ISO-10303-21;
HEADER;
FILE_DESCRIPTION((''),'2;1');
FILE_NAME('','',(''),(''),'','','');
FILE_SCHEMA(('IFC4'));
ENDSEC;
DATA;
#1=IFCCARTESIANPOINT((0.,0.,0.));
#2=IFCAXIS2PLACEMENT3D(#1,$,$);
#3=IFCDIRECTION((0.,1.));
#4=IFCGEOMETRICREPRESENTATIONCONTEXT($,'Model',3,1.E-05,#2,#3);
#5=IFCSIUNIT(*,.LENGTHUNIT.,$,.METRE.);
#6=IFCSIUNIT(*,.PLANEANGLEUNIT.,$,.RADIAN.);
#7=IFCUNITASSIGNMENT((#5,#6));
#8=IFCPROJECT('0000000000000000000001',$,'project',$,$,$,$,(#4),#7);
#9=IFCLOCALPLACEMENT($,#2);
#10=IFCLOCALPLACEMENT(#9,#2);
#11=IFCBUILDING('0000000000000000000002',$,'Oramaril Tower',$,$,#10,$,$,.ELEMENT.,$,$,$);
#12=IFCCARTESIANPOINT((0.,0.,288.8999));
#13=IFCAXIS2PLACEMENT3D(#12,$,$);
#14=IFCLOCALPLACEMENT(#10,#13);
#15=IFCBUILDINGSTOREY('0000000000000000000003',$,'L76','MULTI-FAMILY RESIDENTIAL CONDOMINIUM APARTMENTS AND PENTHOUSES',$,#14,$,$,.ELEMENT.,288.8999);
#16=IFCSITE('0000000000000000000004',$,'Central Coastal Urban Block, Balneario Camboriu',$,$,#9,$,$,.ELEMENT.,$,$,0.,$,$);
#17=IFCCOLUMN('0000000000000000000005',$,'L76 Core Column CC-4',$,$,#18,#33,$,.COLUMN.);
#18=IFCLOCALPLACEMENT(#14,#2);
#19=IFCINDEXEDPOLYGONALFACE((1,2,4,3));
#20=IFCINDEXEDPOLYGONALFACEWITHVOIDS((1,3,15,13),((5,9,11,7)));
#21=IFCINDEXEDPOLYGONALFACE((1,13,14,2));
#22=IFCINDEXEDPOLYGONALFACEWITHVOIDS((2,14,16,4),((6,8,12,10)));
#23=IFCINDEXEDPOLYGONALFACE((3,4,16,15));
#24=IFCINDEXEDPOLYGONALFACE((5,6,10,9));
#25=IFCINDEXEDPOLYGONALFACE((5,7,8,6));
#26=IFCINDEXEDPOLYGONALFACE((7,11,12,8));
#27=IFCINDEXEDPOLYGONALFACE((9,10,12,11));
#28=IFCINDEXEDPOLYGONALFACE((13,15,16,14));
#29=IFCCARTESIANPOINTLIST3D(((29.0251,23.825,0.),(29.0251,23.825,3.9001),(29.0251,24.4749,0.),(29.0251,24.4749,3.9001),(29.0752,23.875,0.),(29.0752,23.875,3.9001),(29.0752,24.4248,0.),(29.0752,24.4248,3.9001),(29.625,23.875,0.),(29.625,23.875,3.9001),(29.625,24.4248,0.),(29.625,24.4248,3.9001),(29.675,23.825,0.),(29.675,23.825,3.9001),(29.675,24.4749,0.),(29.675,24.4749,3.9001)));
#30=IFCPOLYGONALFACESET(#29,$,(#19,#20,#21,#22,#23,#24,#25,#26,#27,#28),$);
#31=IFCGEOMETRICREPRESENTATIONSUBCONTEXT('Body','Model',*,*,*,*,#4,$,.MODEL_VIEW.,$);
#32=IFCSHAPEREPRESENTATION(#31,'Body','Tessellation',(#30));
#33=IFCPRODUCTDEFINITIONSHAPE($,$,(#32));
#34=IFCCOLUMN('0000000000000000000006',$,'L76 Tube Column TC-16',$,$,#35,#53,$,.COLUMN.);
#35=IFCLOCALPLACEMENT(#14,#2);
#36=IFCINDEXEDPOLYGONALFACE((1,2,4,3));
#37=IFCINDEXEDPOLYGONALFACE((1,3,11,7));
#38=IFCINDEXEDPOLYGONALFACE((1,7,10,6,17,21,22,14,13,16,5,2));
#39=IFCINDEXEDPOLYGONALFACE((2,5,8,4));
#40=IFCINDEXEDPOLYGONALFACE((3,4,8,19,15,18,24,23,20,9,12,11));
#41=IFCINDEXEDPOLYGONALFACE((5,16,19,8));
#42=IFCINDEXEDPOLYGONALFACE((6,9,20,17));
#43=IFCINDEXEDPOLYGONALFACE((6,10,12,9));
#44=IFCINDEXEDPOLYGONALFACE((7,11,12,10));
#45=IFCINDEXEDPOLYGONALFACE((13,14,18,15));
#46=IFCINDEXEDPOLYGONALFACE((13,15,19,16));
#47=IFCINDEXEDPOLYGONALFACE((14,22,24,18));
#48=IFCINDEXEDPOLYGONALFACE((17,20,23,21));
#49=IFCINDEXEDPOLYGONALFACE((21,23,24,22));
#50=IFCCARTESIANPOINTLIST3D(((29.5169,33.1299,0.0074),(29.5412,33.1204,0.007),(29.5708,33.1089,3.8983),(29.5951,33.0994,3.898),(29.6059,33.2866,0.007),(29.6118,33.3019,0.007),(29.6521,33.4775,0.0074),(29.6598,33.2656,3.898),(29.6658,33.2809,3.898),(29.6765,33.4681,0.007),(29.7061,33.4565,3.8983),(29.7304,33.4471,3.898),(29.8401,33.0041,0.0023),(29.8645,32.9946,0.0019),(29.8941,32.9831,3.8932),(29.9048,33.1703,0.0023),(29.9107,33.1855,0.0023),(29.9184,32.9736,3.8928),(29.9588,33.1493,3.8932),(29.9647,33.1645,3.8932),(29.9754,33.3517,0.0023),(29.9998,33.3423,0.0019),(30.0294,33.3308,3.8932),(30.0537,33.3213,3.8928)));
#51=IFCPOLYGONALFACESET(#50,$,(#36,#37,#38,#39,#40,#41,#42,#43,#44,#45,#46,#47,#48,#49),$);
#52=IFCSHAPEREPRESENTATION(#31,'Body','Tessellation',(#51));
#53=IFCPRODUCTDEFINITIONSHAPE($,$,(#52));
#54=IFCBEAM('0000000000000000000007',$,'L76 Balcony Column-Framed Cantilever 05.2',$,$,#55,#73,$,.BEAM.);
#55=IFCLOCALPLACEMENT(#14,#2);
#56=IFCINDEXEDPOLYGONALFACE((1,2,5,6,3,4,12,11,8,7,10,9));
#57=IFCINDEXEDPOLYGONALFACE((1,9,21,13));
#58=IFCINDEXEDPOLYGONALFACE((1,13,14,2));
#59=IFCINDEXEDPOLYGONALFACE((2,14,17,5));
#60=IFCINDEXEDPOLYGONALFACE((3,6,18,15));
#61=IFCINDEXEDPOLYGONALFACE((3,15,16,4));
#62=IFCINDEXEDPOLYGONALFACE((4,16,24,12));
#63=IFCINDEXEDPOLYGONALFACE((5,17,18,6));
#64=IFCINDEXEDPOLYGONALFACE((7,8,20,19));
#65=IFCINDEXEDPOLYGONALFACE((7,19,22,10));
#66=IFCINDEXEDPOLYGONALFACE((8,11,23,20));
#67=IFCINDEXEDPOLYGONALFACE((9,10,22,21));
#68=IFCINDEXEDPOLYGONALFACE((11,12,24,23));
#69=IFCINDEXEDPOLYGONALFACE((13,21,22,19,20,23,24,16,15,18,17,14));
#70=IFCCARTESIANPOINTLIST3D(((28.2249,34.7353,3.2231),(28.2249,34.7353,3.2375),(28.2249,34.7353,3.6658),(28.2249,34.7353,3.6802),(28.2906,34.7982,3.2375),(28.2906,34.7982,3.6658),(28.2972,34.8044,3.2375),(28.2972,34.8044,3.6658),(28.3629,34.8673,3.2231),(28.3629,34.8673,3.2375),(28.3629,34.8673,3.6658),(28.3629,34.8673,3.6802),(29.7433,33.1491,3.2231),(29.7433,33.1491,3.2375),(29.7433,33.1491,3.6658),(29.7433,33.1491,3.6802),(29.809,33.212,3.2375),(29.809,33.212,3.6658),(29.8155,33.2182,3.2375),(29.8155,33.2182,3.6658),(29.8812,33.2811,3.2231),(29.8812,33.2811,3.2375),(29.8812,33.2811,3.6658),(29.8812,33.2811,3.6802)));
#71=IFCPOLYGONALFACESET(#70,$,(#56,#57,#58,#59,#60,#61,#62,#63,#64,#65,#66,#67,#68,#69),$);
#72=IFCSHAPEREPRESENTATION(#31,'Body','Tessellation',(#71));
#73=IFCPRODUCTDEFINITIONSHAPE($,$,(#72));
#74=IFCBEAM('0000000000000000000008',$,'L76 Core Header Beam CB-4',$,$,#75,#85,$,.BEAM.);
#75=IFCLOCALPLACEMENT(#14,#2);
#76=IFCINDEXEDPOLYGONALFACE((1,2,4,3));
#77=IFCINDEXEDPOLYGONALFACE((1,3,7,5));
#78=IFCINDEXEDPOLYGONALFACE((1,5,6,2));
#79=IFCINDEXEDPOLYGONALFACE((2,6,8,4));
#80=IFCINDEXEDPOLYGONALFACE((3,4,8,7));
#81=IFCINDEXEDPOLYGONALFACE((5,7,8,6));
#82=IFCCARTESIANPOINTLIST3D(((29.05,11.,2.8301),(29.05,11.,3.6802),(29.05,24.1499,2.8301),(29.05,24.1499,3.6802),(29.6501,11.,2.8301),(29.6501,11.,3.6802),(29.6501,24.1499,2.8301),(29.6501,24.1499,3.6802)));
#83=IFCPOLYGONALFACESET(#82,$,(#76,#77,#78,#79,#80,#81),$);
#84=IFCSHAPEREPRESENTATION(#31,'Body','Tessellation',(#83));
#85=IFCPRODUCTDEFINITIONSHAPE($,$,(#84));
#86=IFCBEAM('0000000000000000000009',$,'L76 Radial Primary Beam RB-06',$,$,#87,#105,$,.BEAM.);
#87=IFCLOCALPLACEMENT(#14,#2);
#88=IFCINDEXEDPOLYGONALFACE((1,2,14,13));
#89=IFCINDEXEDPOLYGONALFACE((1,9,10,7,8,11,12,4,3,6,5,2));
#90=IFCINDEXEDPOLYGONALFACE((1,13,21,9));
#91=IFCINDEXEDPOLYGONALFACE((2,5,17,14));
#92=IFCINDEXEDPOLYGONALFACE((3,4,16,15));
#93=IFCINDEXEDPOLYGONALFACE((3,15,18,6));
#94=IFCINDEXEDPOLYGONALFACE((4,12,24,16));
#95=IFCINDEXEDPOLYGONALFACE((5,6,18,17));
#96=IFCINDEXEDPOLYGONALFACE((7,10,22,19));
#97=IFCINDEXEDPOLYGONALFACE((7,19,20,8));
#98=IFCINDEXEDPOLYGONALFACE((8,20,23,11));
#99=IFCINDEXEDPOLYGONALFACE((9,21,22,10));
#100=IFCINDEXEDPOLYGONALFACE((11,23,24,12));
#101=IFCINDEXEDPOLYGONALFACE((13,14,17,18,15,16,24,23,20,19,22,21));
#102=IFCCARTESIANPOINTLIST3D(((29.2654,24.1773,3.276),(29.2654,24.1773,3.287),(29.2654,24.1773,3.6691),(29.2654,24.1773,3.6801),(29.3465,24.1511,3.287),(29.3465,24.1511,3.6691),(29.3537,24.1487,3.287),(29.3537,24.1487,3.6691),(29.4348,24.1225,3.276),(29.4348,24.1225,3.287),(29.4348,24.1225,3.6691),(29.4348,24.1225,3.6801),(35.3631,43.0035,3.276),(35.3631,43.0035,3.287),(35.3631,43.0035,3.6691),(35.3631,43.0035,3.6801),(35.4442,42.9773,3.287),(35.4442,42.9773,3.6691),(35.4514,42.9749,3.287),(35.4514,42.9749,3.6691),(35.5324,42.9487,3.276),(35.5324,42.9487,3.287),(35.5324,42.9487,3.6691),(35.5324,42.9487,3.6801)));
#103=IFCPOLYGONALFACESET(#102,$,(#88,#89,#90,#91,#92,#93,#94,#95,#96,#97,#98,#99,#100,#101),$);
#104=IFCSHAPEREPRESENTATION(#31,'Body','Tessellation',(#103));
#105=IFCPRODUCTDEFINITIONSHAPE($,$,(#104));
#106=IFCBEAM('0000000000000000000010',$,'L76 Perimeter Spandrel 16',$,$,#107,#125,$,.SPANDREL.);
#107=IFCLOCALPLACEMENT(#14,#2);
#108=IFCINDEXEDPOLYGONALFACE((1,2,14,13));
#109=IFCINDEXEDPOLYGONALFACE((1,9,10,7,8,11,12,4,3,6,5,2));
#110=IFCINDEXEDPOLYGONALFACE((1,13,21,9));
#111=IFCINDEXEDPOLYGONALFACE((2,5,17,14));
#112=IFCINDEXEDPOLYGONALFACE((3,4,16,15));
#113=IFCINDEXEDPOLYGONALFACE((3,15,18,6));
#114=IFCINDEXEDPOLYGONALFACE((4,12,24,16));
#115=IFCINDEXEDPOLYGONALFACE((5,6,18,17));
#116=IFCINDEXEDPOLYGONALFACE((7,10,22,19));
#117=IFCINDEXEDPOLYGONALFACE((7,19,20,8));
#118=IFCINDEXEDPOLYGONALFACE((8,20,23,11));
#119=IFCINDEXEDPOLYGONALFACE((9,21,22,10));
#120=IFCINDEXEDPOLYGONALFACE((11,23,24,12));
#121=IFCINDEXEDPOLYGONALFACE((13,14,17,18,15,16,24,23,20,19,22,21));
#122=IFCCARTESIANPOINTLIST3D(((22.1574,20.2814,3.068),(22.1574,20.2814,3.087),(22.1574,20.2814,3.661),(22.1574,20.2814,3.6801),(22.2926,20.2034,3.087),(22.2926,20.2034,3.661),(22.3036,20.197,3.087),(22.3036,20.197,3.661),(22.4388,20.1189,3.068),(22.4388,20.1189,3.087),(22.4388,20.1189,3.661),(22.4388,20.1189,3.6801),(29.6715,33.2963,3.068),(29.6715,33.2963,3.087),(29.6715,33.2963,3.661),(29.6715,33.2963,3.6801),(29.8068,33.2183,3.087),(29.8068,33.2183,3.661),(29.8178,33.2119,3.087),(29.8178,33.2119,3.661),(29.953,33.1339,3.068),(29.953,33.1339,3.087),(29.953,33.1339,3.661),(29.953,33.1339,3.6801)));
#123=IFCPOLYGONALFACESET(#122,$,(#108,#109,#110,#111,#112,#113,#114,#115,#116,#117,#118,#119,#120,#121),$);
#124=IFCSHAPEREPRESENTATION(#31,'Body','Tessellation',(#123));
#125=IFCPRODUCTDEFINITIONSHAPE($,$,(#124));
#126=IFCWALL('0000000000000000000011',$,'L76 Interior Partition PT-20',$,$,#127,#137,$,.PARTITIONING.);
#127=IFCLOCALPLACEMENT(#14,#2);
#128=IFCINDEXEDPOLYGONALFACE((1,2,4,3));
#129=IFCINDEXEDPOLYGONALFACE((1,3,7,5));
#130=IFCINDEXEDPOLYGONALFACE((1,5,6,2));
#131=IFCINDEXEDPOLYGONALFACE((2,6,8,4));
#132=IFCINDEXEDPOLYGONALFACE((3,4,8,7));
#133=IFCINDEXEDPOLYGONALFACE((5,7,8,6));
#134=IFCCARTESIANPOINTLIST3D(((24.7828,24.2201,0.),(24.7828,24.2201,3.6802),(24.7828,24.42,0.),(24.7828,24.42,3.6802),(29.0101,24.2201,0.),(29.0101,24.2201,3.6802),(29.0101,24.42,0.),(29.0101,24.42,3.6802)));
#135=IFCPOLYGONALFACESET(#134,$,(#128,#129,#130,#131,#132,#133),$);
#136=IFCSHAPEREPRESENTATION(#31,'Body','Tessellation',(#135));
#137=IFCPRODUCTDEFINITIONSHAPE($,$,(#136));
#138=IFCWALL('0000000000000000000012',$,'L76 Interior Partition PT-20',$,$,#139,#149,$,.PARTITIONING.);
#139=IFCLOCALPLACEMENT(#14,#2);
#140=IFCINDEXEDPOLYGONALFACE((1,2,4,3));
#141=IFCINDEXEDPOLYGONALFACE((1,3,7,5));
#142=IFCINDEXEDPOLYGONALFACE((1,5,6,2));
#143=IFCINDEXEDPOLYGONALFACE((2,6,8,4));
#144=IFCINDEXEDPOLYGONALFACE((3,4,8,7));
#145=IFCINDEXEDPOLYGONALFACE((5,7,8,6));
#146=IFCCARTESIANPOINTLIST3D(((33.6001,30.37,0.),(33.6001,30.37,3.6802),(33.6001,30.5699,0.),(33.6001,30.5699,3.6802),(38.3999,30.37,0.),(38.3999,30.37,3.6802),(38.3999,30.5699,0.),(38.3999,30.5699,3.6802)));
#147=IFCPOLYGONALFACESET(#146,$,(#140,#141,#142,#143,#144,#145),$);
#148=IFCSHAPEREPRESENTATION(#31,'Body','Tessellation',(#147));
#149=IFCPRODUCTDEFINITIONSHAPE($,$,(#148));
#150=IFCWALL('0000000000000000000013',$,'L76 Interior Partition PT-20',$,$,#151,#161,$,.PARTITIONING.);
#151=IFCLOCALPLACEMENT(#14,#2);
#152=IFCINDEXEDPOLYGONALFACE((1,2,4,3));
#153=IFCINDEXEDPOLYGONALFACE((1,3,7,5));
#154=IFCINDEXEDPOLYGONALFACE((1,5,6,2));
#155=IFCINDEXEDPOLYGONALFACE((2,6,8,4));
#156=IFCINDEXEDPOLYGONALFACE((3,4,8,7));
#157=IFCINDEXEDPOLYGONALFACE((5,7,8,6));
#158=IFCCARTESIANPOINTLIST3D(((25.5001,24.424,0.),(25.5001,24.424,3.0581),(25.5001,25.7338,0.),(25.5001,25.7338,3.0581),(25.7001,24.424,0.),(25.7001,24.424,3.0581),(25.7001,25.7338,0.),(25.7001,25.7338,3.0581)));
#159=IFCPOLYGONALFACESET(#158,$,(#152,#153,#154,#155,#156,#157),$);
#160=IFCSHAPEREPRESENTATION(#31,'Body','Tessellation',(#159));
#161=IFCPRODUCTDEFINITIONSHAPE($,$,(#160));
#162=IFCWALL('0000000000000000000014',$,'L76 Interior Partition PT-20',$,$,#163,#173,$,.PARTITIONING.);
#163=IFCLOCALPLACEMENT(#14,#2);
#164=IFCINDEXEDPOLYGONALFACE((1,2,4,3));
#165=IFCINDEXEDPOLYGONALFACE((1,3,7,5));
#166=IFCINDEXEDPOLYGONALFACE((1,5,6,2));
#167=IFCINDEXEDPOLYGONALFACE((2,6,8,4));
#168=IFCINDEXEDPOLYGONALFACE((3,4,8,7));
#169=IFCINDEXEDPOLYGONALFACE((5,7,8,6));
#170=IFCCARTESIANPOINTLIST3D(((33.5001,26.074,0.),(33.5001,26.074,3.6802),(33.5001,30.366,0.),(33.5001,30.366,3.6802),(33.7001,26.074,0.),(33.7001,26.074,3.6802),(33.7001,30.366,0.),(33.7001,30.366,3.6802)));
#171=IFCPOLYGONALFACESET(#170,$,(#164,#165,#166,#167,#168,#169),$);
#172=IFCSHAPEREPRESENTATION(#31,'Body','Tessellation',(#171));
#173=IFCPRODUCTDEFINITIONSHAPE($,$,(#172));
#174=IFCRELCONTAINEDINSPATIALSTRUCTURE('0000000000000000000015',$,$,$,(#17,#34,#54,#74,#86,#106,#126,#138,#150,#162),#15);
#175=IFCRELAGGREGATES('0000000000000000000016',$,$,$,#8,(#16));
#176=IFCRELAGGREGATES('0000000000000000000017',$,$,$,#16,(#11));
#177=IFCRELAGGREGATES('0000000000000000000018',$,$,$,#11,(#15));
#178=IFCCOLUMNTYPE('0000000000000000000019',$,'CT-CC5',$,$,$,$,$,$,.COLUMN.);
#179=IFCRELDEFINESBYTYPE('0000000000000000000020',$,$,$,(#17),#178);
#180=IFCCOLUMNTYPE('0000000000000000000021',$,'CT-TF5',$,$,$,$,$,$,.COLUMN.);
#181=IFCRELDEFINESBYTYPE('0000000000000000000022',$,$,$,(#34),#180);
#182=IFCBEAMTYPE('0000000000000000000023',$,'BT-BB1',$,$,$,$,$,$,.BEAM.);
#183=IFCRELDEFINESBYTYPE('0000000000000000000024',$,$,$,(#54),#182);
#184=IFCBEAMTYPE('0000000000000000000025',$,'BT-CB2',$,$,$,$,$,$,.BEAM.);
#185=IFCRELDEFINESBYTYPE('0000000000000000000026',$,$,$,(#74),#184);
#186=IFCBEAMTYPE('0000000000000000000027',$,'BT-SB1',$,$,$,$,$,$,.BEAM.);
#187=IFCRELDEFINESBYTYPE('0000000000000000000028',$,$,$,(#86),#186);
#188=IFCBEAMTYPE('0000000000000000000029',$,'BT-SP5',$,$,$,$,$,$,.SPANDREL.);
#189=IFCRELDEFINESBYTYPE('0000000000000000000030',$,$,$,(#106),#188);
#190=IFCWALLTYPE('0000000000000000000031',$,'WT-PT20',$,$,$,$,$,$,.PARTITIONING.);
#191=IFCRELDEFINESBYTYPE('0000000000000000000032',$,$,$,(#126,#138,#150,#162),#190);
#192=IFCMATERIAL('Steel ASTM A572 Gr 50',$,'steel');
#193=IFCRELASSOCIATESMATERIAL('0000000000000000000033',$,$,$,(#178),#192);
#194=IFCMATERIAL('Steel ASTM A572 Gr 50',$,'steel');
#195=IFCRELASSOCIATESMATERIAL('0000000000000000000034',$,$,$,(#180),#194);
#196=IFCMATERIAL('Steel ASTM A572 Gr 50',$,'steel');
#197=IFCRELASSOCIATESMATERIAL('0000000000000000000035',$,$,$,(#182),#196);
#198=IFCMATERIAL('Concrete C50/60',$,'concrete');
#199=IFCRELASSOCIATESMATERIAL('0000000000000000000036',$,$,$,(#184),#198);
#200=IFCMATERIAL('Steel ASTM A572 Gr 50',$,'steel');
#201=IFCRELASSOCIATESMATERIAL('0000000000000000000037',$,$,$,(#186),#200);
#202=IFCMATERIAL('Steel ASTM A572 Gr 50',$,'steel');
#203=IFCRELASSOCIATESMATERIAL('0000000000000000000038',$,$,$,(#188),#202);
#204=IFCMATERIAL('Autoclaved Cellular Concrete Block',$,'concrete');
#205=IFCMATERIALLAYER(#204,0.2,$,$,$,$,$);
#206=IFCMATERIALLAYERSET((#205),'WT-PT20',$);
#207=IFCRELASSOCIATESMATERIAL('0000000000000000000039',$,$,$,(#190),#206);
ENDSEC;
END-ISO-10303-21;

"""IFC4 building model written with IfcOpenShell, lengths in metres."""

from ifc_helpers import new_model, si_unit, direction, frame, frame_2d, origin, origin_2d, place, context, subcontext, project, spatial, rectangle, hollow_rectangle, i_section, extrude, material, layer, layer_set, material_profile, profile_set, type_object, element, save


model = new_model("IFC4")

# Units and contexts
model_context = context("Model", 3, precision=1e-05, world=origin(), true_north=direction((0.0, 1.0)))
body_context = subcontext(model_context, "Body", "Model", "MODEL_VIEW")
ifc_project = project(units=[si_unit("LENGTHUNIT", "METRE"), si_unit("PLANEANGLEUNIT", "RADIAN")], contexts=[model_context])

# Site, building, storey
site_placement = place(None, origin())
site = spatial("IfcSite", under=ifc_project, at=site_placement, Name="Central Coastal Urban Block, Balneario Camboriu", CompositionType="ELEMENT", RefElevation=0.0)
building_placement = place(site_placement, origin())
building = spatial("IfcBuilding", under=site, at=building_placement, Name="Oramaril Tower", CompositionType="ELEMENT")
storey_placement = place(building_placement, frame((0.0, 0.0, 288.8999)))
storey = spatial("IfcBuildingStorey", under=building, at=storey_placement, Name="L76", Description="MULTI-FAMILY RESIDENTIAL CONDOMINIUM APARTMENTS AND PENTHOUSES", CompositionType="ELEMENT", Elevation=288.8999)

# Columns
ifc_material_1 = material(Name="Steel ASTM A572 Gr 50", Category="steel")
ifc_material_profile_1 = material_profile(ifc_material_1, hollow_rectangle(XDim=0.6499, YDim=0.6499, WallThickness=0.05, at=origin_2d()), Name="BOX650X650X50")
ifc_profile_set_1 = profile_set([ifc_material_profile_1], Name="Steel ASTM A572 Gr 50")
column_type_1 = type_object("IfcColumnType", Name="CT-CC5", PredefinedType="COLUMN", material=ifc_profile_set_1)
column_1_placement = place(storey_placement, frame((29.3501, 24.1499, 0.0), z_axis=(0.0, 0.0, 1.0), x_axis=(1.0, 0.0, 0.0)))
element("IfcColumn", 1, at=column_1_placement, inside=storey, type_object=column_type_1, Name="L76 Core Column CC-4", PredefinedType="COLUMN", context=body_context, shape_type="SweptSolid", body=[
    extrude(hollow_rectangle(XDim=0.6499, YDim=0.6499, WallThickness=0.05, at=origin_2d()), origin(), (0.0, 0.0, 1.0), 3.9001),
])
ifc_material_2 = material(Name="Steel ASTM A572 Gr 50", Category="steel")
ifc_material_profile_2 = material_profile(ifc_material_2, i_section(OverallWidth=0.373, OverallDepth=0.373, WebThickness=0.0164, FlangeThickness=0.0261, at=origin_2d()), Name="W14X132")
ifc_profile_set_2 = profile_set([ifc_material_profile_2], Name="Steel ASTM A572 Gr 50")
column_type_2 = type_object("IfcColumnType", Name="CT-TF5", PredefinedType="COLUMN", material=ifc_profile_set_2)
column_2_placement = place(storey_placement, frame((29.7583, 33.2361, 0.0046), z_axis=(0.013866, -0.005396, 0.999889), x_axis=(0.36265, 0.931926, 0.0)))
element("IfcColumn", 2, at=column_2_placement, inside=storey, type_object=column_type_2, Name="L76 Tube Column TC-16", PredefinedType="COLUMN", context=body_context, shape_type="SweptSolid", body=[
    extrude(i_section(OverallWidth=0.373, OverallDepth=0.373, WebThickness=0.0164, FlangeThickness=0.0261, at=origin_2d()), origin(), (0.0, 0.0, 1.0), 3.8914),
])

# Beams
ifc_material_3 = material(Name="Steel ASTM A572 Gr 50", Category="steel")
ifc_material_profile_3 = material_profile(ifc_material_3, i_section(OverallWidth=0.1909, OverallDepth=0.457, WebThickness=0.009, FlangeThickness=0.0144, at=origin_2d()), Name="W18X50")
ifc_profile_set_3 = profile_set([ifc_material_profile_3], Name="Steel ASTM A572 Gr 50")
beam_type_1 = type_object("IfcBeamType", Name="BT-BB1", PredefinedType="BEAM", material=ifc_profile_set_3)
beam_1_placement = place(storey_placement, frame((29.8123, 33.2151, 3.4517), z_axis=(-0.691483, 0.722393, 0.0), x_axis=(-0.722393, -0.691483, 0.0)))
element("IfcBeam", 3, at=beam_1_placement, inside=storey, type_object=beam_type_1, Name="L76 Balcony Column-Framed Cantilever 05.2", PredefinedType="BEAM", context=body_context, shape_type="SweptSolid", body=[
    extrude(i_section(OverallWidth=0.1909, OverallDepth=0.457, WebThickness=0.009, FlangeThickness=0.0144, at=origin_2d()), origin(), (0.0, 0.0, 1.0), 2.1958),
])
ifc_material_4 = material(Name="Concrete C50/60", Category="concrete")
ifc_material_profile_4 = material_profile(ifc_material_4, rectangle(XDim=0.6001, YDim=0.8501, at=origin_2d()), Name="CB600X850")
ifc_profile_set_4 = profile_set([ifc_material_profile_4], Name="Concrete C50/60")
beam_type_2 = type_object("IfcBeamType", Name="BT-CB2", PredefinedType="BEAM", material=ifc_profile_set_4)
beam_2_placement = place(storey_placement, frame((29.3501, 24.1499, 3.2551), z_axis=(0.0, -1.0, 0.0), x_axis=(1.0, 0.0, 0.0)))
element("IfcBeam", 4, at=beam_2_placement, inside=storey, type_object=beam_type_2, Name="L76 Core Header Beam CB-4", PredefinedType="BEAM", context=body_context, shape_type="SweptSolid", body=[
    extrude(rectangle(XDim=0.6001, YDim=0.8501, at=origin_2d()), origin(), (0.0, 0.0, 1.0), 13.1499),
])
ifc_material_5 = material(Name="Steel ASTM A572 Gr 50", Category="steel")
ifc_material_profile_5 = material_profile(ifc_material_5, i_section(OverallWidth=0.178, OverallDepth=0.4041, WebThickness=0.0076, FlangeThickness=0.011, at=origin_2d()), Name="W16X36")
ifc_profile_set_5 = profile_set([ifc_material_profile_5], Name="Steel ASTM A572 Gr 50")
beam_type_3 = type_object("IfcBeamType", Name="BT-SB1", PredefinedType="BEAM", material=ifc_profile_set_5)
beam_3_placement = place(storey_placement, frame((29.3501, 24.1499, 3.478), z_axis=(0.308133, 0.951343, 0.0), x_axis=(-0.951343, 0.308133, 0.0)))
element("IfcBeam", 5, at=beam_3_placement, inside=storey, type_object=beam_type_3, Name="L76 Radial Primary Beam RB-06", PredefinedType="BEAM", context=body_context, shape_type="SweptSolid", body=[
    extrude(i_section(OverallWidth=0.178, OverallDepth=0.4041, WebThickness=0.0076, FlangeThickness=0.011, at=origin_2d()), origin(), (0.0, 0.0, 1.0), 19.7891),
])
ifc_material_6 = material(Name="Steel ASTM A572 Gr 50", Category="steel")
ifc_material_profile_6 = material_profile(ifc_material_6, i_section(OverallWidth=0.325, OverallDepth=0.6121, WebThickness=0.0127, FlangeThickness=0.019, at=origin_2d()), Name="W24X104")
ifc_profile_set_6 = profile_set([ifc_material_profile_6], Name="Steel ASTM A572 Gr 50")
beam_type_4 = type_object("IfcBeamType", Name="BT-SP5", PredefinedType="SPANDREL", material=ifc_profile_set_6)
beam_4_placement = place(storey_placement, frame((29.8123, 33.2151, 3.374), z_axis=(-0.5, -0.866025, 0.0), x_axis=(0.866025, -0.5, 0.0)))
element("IfcBeam", 6, at=beam_4_placement, inside=storey, type_object=beam_type_4, Name="L76 Perimeter Spandrel 16", PredefinedType="SPANDREL", context=body_context, shape_type="SweptSolid", body=[
    extrude(i_section(OverallWidth=0.325, OverallDepth=0.6121, WebThickness=0.0127, FlangeThickness=0.019, at=origin_2d()), origin(), (0.0, 0.0, 1.0), 15.0283),
])

# Wall
ifc_material_7 = material(Name="Autoclaved Cellular Concrete Block", Category="concrete")
ifc_layer_1 = layer(ifc_material_7, 0.2)
ifc_layer_set_1 = layer_set([ifc_layer_1], Name="WT-PT20")
wall_type_1 = type_object("IfcWallType", Name="WT-PT20", PredefinedType="PARTITIONING", material=ifc_layer_set_1)
wall_1_placement = place(storey_placement, frame((24.7827, 24.3201, 0.0), z_axis=(0.0, 0.0, 1.0), x_axis=(1.0, 0.0, 0.0)))
element("IfcWall", 7, at=wall_1_placement, inside=storey, type_object=wall_type_1, Name="L76 Interior Partition PT-20", PredefinedType="PARTITIONING", context=body_context, shape_type="SweptSolid", body=[
    extrude(rectangle(XDim=4.2273, YDim=0.2, at=frame_2d((2.1138, 0.0))), origin(), (0.0, 0.0, 1.0), 3.6802),
])

# Walls
wall_2_placement = place(storey_placement, frame((33.6001, 30.47, 0.0), z_axis=(0.0, 0.0, 1.0), x_axis=(1.0, 0.0, 0.0)))
element("IfcWall", 8, at=wall_2_placement, inside=storey, type_object=wall_type_1, Name="L76 Interior Partition PT-20", PredefinedType="PARTITIONING", context=body_context, shape_type="SweptSolid", body=[
    extrude(rectangle(XDim=4.7998, YDim=0.2, at=frame_2d((2.3999, 0.0))), origin(), (0.0, 0.0, 1.0), 3.6802),
])
wall_3_placement = place(storey_placement, frame((25.6001, 24.4241, 0.0), z_axis=(0.0, 0.0, 1.0), x_axis=(0.0, 1.0, 0.0)))
element("IfcWall", 9, at=wall_3_placement, inside=storey, type_object=wall_type_1, Name="L76 Interior Partition PT-20", PredefinedType="PARTITIONING", context=body_context, shape_type="SweptSolid", body=[
    extrude(rectangle(XDim=1.3098, YDim=0.2, at=frame_2d((0.6548, 0.0))), origin(), (0.0, 0.0, 1.0), 3.0581),
])
wall_4_placement = place(storey_placement, frame((33.6001, 26.074, 0.0), z_axis=(0.0, 0.0, 1.0), x_axis=(0.0, 1.0, 0.0)))
element("IfcWall", 10, at=wall_4_placement, inside=storey, type_object=wall_type_1, Name="L76 Interior Partition PT-20", PredefinedType="PARTITIONING", context=body_context, shape_type="SweptSolid", body=[
    extrude(rectangle(XDim=4.292, YDim=0.2, at=frame_2d((2.146, 0.0))), origin(), (0.0, 0.0, 1.0), 3.6802),
])

save(model, "model.ifc")
